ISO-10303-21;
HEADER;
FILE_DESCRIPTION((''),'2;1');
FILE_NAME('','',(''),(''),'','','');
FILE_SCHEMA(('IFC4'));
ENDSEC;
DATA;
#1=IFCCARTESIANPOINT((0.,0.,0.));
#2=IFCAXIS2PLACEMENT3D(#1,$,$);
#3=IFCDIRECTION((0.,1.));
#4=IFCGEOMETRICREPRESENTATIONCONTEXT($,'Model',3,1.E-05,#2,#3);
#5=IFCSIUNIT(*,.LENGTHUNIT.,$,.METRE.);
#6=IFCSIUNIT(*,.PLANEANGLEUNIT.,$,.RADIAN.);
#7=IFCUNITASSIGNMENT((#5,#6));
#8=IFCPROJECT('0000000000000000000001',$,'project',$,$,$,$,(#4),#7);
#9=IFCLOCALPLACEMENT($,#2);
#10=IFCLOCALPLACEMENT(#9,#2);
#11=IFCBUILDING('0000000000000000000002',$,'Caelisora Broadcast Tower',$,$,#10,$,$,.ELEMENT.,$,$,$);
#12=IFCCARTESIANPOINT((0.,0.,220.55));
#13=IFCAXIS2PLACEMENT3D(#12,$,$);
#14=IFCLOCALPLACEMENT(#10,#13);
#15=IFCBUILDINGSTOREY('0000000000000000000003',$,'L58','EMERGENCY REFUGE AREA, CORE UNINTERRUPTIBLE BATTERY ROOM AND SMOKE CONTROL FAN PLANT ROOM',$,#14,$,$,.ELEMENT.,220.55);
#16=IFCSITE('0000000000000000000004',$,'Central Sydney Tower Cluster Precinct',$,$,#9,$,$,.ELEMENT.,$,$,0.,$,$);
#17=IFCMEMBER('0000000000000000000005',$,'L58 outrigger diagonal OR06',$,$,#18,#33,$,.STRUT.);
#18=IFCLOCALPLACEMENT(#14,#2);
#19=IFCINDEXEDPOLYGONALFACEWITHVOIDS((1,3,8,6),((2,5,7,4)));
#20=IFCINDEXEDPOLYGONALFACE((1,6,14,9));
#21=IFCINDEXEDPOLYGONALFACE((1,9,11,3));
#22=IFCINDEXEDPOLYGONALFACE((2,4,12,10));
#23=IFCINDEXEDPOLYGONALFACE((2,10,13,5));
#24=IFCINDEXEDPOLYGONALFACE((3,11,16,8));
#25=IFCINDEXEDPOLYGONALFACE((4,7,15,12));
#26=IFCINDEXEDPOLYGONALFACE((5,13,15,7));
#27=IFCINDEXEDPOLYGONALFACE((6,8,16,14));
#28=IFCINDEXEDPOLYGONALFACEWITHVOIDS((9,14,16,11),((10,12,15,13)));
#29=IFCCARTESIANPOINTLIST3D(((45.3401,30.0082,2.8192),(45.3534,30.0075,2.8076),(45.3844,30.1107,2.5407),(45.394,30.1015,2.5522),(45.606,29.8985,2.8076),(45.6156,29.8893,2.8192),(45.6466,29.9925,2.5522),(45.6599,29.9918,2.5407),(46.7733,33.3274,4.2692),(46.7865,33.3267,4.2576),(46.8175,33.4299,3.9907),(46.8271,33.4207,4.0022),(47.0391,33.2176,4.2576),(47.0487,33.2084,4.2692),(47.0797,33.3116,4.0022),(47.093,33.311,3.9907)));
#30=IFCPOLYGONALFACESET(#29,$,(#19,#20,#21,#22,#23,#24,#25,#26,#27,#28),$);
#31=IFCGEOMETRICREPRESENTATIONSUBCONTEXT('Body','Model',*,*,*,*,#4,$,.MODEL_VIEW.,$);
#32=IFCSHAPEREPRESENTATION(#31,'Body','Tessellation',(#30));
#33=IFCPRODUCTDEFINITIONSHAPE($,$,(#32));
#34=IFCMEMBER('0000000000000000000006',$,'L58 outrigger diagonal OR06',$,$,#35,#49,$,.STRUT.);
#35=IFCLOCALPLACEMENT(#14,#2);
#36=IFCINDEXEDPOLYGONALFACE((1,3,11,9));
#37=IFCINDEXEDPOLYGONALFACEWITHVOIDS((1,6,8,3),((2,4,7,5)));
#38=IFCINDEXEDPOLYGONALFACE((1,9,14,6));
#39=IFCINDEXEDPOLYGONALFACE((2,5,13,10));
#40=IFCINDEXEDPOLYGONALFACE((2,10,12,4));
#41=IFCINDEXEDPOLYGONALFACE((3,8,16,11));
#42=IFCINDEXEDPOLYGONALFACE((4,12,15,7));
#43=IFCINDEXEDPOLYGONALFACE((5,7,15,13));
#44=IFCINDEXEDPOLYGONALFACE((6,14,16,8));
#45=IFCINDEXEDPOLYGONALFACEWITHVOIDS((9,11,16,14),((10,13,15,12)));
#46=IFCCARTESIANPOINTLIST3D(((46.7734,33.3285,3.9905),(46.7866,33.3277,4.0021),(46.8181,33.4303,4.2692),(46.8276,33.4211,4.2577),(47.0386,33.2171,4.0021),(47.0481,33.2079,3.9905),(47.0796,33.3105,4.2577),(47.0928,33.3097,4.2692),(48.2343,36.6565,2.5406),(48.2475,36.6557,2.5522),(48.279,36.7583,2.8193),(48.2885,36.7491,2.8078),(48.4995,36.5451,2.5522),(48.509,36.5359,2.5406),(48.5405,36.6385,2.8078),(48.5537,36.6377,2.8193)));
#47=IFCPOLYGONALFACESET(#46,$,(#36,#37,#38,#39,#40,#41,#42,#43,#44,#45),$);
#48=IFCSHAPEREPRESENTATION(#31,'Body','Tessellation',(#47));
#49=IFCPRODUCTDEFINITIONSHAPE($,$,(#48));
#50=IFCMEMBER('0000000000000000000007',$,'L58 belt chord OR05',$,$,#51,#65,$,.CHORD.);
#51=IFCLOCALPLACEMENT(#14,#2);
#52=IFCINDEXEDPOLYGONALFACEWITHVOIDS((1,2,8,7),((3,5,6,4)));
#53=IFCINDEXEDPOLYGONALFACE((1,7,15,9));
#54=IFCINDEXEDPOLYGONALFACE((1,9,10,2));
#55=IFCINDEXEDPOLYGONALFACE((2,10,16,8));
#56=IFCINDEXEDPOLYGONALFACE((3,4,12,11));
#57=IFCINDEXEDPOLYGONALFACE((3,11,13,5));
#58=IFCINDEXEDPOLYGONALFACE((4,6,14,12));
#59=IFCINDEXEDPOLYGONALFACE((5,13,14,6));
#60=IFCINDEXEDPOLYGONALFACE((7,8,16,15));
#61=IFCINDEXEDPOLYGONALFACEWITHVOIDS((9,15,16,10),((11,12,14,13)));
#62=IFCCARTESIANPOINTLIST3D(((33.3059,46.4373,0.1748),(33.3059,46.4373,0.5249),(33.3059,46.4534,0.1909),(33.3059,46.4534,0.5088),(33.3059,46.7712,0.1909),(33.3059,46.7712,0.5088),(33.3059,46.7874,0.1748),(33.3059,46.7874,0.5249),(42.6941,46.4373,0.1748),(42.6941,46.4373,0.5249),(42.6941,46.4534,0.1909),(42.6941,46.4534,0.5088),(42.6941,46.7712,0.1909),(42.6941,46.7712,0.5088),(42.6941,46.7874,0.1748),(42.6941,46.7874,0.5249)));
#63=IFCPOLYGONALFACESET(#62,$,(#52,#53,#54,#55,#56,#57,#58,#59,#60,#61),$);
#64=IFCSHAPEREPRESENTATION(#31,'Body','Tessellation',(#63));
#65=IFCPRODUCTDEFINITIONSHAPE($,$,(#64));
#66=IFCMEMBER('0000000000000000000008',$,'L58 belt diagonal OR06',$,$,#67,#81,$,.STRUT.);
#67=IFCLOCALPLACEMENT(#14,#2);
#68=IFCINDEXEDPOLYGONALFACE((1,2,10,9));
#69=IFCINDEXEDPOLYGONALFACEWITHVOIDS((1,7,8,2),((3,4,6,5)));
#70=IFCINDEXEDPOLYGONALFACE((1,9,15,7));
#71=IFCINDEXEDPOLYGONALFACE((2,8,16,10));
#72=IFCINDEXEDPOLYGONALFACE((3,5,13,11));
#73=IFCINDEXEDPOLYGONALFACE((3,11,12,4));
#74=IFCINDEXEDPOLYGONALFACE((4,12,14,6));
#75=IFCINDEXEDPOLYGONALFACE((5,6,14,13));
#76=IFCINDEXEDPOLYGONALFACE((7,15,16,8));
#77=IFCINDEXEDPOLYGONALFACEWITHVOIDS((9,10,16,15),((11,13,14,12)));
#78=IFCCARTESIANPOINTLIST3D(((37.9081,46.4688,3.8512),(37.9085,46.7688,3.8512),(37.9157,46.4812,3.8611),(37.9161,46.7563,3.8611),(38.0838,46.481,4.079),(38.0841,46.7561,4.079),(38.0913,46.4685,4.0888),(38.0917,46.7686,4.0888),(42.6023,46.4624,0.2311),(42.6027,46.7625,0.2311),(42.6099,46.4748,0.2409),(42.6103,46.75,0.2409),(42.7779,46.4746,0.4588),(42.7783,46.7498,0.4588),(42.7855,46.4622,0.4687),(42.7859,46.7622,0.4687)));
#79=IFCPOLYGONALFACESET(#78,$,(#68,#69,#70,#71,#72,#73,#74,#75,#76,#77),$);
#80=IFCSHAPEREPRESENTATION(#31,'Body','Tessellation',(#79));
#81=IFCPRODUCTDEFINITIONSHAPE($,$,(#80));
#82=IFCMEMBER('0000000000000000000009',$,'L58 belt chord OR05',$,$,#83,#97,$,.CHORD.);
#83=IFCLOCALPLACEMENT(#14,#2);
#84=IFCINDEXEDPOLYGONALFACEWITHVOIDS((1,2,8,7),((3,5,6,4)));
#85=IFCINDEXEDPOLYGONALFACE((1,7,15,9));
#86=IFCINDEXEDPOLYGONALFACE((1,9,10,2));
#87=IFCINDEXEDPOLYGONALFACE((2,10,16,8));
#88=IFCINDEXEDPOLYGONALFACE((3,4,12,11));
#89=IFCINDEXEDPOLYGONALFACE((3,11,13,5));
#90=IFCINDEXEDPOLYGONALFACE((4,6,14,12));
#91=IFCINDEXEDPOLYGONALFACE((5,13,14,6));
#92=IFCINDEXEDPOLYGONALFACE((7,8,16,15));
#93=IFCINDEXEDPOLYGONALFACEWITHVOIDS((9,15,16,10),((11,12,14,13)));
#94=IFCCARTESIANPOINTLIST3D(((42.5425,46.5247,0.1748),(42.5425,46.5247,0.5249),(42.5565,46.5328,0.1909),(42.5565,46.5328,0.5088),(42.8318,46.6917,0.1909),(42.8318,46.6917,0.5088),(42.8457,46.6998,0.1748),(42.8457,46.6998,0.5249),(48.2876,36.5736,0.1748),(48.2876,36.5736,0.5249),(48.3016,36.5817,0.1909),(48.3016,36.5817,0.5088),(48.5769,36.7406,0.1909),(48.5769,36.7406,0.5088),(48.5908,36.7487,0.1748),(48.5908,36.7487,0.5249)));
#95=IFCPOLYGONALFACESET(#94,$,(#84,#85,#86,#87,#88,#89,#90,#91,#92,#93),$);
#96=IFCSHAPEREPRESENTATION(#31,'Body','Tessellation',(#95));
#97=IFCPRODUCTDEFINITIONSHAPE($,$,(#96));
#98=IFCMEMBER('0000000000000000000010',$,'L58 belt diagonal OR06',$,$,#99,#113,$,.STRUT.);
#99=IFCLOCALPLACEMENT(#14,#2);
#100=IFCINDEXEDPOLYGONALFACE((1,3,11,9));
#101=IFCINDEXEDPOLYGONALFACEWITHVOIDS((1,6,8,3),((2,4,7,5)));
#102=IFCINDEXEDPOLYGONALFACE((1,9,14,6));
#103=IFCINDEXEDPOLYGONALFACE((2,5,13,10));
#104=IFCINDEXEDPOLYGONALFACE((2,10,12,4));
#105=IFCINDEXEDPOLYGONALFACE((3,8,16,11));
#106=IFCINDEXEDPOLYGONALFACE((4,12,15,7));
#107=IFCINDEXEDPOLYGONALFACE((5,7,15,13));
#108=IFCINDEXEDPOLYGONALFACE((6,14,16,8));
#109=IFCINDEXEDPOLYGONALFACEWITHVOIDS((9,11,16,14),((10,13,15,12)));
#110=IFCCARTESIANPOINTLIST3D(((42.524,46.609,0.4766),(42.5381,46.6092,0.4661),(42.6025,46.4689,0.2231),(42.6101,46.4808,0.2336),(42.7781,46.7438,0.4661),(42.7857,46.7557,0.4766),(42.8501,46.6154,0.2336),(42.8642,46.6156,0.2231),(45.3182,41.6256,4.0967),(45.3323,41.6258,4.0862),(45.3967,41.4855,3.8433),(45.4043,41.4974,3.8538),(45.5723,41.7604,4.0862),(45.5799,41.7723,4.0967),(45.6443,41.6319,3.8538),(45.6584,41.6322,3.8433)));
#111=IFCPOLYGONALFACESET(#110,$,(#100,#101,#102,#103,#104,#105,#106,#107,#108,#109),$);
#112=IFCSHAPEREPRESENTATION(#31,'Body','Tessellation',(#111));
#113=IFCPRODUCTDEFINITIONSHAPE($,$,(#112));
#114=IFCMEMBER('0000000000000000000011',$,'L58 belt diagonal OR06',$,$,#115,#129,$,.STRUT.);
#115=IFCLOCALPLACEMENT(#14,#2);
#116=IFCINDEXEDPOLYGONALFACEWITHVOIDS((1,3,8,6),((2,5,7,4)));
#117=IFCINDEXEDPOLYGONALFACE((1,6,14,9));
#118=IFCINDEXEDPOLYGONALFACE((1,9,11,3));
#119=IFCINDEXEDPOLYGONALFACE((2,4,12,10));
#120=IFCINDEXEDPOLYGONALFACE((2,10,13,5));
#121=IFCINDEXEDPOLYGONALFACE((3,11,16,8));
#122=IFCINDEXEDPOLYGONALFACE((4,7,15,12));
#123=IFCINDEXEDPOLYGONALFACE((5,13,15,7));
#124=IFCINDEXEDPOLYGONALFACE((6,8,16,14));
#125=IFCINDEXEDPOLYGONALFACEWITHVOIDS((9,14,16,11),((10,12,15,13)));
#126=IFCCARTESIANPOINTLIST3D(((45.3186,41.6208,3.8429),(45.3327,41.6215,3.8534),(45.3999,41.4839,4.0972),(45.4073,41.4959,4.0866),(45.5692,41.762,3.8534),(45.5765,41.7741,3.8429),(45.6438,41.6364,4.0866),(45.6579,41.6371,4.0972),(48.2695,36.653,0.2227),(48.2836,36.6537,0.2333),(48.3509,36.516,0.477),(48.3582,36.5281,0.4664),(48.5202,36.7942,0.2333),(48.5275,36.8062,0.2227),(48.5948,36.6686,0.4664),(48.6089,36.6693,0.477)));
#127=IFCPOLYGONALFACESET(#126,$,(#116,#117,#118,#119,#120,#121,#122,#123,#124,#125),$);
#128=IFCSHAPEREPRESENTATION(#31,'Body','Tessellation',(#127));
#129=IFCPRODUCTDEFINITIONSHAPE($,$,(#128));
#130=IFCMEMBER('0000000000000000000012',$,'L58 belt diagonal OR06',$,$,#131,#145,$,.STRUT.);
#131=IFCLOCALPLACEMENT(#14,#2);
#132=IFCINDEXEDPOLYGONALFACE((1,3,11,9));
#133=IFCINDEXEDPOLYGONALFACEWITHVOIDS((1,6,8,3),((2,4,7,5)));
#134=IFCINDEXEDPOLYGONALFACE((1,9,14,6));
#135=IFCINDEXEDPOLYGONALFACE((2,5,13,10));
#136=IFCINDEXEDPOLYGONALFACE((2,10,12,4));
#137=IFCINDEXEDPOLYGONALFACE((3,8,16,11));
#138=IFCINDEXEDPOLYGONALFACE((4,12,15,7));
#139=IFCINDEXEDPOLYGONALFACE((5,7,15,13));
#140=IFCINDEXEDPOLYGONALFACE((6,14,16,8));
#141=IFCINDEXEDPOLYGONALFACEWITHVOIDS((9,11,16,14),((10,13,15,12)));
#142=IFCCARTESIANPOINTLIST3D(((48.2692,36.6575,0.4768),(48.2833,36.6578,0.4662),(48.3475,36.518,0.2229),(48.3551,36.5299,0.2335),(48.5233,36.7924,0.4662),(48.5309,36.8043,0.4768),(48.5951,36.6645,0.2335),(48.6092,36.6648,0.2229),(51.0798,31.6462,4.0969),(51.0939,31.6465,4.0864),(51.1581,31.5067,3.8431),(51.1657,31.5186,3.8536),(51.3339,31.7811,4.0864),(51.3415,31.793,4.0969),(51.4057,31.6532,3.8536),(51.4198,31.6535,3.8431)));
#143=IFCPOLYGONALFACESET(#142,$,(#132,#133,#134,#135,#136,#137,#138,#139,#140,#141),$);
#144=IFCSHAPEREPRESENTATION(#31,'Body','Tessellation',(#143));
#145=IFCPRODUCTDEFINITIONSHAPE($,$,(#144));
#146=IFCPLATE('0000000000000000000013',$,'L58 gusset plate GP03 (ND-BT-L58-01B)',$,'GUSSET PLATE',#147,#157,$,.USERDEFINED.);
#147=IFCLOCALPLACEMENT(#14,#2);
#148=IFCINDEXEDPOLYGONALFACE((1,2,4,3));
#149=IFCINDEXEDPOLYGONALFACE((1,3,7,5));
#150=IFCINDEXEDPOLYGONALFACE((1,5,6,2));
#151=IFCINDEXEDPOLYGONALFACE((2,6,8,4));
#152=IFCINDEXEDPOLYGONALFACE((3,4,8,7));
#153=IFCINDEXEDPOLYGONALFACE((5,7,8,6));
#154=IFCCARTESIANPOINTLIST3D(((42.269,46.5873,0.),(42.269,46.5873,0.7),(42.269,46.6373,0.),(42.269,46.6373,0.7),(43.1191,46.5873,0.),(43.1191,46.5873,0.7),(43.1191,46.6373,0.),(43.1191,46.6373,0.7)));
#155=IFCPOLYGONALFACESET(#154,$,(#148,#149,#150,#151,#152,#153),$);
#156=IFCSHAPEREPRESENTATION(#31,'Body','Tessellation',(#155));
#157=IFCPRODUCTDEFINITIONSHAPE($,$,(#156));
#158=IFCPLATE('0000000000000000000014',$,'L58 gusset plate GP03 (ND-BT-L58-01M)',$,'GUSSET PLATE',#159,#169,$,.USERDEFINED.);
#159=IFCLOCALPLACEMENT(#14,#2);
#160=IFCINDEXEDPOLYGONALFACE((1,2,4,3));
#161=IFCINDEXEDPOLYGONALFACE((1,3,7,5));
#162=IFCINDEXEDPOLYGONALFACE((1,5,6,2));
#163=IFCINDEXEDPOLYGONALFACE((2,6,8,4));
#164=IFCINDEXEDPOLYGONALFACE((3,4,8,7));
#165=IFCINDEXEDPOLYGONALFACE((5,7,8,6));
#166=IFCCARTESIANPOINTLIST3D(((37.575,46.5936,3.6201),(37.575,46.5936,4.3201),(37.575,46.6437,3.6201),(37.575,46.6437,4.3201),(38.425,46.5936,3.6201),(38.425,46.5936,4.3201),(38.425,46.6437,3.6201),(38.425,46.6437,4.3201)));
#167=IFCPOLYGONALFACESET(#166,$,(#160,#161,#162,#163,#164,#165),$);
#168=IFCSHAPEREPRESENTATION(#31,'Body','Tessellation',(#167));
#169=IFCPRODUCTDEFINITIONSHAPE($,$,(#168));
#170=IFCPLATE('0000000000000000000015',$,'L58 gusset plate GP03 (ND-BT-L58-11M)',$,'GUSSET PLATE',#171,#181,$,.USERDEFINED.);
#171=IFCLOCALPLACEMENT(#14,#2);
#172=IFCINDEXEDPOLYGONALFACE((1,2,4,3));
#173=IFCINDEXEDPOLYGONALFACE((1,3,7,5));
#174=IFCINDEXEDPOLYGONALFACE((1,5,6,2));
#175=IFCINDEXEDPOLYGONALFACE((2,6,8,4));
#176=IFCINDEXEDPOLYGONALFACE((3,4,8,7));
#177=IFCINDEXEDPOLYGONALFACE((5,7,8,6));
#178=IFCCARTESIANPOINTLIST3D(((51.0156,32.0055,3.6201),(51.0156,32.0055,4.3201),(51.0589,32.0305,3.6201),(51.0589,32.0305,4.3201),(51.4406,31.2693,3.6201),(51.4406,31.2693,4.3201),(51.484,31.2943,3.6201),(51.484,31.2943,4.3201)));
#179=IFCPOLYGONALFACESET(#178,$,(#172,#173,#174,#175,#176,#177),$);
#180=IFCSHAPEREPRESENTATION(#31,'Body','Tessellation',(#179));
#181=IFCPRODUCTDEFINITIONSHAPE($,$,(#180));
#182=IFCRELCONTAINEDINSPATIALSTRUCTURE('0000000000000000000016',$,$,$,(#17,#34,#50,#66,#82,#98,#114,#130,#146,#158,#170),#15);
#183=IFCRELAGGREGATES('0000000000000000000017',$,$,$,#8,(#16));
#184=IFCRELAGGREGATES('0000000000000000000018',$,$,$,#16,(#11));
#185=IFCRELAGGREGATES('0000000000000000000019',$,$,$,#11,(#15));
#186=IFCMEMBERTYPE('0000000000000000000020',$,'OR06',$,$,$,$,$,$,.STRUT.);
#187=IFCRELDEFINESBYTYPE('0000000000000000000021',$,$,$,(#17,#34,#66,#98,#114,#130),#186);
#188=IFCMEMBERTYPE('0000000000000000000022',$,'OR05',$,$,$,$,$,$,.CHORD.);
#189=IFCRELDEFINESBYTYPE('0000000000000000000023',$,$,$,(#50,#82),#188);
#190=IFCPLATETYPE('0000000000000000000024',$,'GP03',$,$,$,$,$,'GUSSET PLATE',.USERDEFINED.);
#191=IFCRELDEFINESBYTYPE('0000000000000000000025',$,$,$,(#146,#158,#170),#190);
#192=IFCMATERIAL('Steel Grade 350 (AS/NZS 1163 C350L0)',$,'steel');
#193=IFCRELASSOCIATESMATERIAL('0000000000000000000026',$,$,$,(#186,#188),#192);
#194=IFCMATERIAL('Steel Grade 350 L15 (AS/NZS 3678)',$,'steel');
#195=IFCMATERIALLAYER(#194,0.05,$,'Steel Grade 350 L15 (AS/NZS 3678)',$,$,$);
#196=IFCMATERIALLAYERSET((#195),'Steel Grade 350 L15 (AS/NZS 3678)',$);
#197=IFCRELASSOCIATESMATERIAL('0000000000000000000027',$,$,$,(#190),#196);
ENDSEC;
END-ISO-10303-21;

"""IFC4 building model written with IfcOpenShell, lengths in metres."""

from ifc_helpers import new_model, si_unit, direction, frame, origin, origin_2d, place, context, subcontext, project, spatial, rectangle, hollow_rectangle, extrude, source, transform, mapped, material, layer, layer_set, material_profile, profile_set, type_object, type_shapes, element, save


model = new_model("IFC4")

# Units and contexts
model_context = context("Model", 3, precision=1e-05, world=origin(), true_north=direction((0.0, 1.0)))
body_context = subcontext(model_context, "Body", "Model", "MODEL_VIEW")
ifc_project = project(units=[si_unit("LENGTHUNIT", "METRE"), si_unit("PLANEANGLEUNIT", "RADIAN")], contexts=[model_context])

# Site, building, storey
site_placement = place(None, origin())
site = spatial("IfcSite", under=ifc_project, at=site_placement, Name="Central Sydney Tower Cluster Precinct", CompositionType="ELEMENT", RefElevation=0.0)
building_placement = place(site_placement, origin())
building = spatial("IfcBuilding", under=site, at=building_placement, Name="Caelisora Broadcast Tower", CompositionType="ELEMENT")
storey_placement = place(building_placement, frame((0.0, 0.0, 220.55)))
storey = spatial("IfcBuildingStorey", under=building, at=storey_placement, Name="L58", Description="EMERGENCY REFUGE AREA, CORE UNINTERRUPTIBLE BATTERY ROOM AND SMOKE CONTROL FAN PLANT ROOM", CompositionType="ELEMENT", Elevation=220.55)

# Shared definitions
ifc_material_1 = material(Name="Steel Grade 350 L15 (AS/NZS 3678)", Category="steel")

# Shared definitions
ifc_material_2 = material(Name="Steel Grade 350 (AS/NZS 1163 C350L0)", Category="steel")

# Members
ifc_material_profile_1 = material_profile(ifc_material_2, hollow_rectangle(XDim=0.3, YDim=0.3, WallThickness=0.0125, at=origin_2d()), Name="Steel Grade 350 (AS/NZS 1163 C350L0)")
ifc_profile_set_1 = profile_set([ifc_material_profile_1], Name="Steel Grade 350 (AS/NZS 1163 C350L0)")
member_type_1 = type_object("IfcMemberType", Name="OR06", PredefinedType="STRUT", material=ifc_profile_set_1)
shared_shape_1 = source(origin(), body_context, "Body", "SweptSolid", [
    extrude(hollow_rectangle(XDim=0.3, YDim=0.3, WallThickness=0.0125, at=origin_2d()), origin(), (0.0, 0.0, 1.0), 3.8953),
])
member_1_placement = place(storey_placement, frame((45.5, 30.0, 2.6799), z_axis=(0.367917, 0.8521, 0.372241), x_axis=(-0.918076, 0.396404, 0.0)))
element("IfcMember", 1, at=member_1_placement, inside=storey, type_object=member_type_1, Name="L58 outrigger diagonal OR06", PredefinedType="STRUT", context=body_context, shape_type="MappedRepresentation", body=[
    mapped(shared_shape_1, transform((0.0, 0.0, 0.0), scale=1.0)),
])
shared_shape_2 = source(origin(), body_context, "Body", "SweptSolid", [
    extrude(hollow_rectangle(XDim=0.3, YDim=0.3, WallThickness=0.0125, at=origin_2d()), origin(), (0.0, 0.0, 1.0), 3.9131),
])
member_2_placement = place(storey_placement, frame((46.9331, 33.3191, 4.1299), z_axis=(0.373336, 0.850487, -0.370529), x_axis=(-0.915663, 0.401946, 0.0)))
element("IfcMember", 2, at=member_2_placement, inside=storey, type_object=member_type_1, Name="L58 outrigger diagonal OR06", PredefinedType="STRUT", context=body_context, shape_type="MappedRepresentation", body=[
    mapped(shared_shape_2, transform((0.0, 0.0, 0.0), scale=1.0)),
])
ifc_material_profile_2 = material_profile(ifc_material_2, hollow_rectangle(XDim=0.3501, YDim=0.3501, WallThickness=0.0161, at=origin_2d()), Name="Steel Grade 350 (AS/NZS 1163 C350L0)")
ifc_profile_set_2 = profile_set([ifc_material_profile_2], Name="Steel Grade 350 (AS/NZS 1163 C350L0)")
member_type_2 = type_object("IfcMemberType", Name="OR05", PredefinedType="CHORD", material=ifc_profile_set_2)
shared_shape_3 = source(origin(), body_context, "Body", "SweptSolid", [
    extrude(hollow_rectangle(XDim=0.3501, YDim=0.3501, WallThickness=0.0161, at=origin_2d()), origin(), (0.0, 0.0, 1.0), 9.3882),
])
member_3_placement = place(storey_placement, frame((42.6941, 46.6123, 0.3499), z_axis=(-1.0, 0.0, 0.0), x_axis=(0.0, -1.0, 0.0)))
element("IfcMember", 3, at=member_3_placement, inside=storey, type_object=member_type_2, Name="L58 belt chord OR05", PredefinedType="CHORD", context=body_context, shape_type="MappedRepresentation", body=[
    mapped(shared_shape_3, transform((0.0, 0.0, 0.0), scale=1.0)),
])
shared_shape_4 = source(origin(), body_context, "Body", "SweptSolid", [
    extrude(hollow_rectangle(XDim=0.3, YDim=0.3, WallThickness=0.0125, at=origin_2d()), origin(), (0.0, 0.0, 1.0), 5.928),
])
member_4_placement = place(storey_placement, frame((42.6941, 46.6123, 0.3499), z_axis=(-0.791867, 0.001071, 0.610693), x_axis=(-0.001352, -0.999999, 0.0)))
element("IfcMember", 4, at=member_4_placement, inside=storey, type_object=member_type_1, Name="L58 belt diagonal OR06", PredefinedType="STRUT", context=body_context, shape_type="MappedRepresentation", body=[
    mapped(shared_shape_4, transform((0.0, 0.0, 0.0), scale=1.0)),
])
shared_shape_5 = source(origin(), body_context, "Body", "SweptSolid", [
    extrude(hollow_rectangle(XDim=0.3501, YDim=0.3501, WallThickness=0.0161, at=origin_2d()), origin(), (0.0, 0.0, 1.0), 11.4905),
])
type_shapes(member_type_2, [shared_shape_3, shared_shape_5])
member_5_placement = place(storey_placement, frame((48.4392, 36.6611, 0.3499), z_axis=(-0.499987, 0.866033, 0.0), x_axis=(-0.866033, -0.499987, 0.0)))
element("IfcMember", 5, at=member_5_placement, inside=storey, type_object=member_type_2, Name="L58 belt chord OR05", PredefinedType="CHORD", context=body_context, shape_type="MappedRepresentation", body=[
    mapped(shared_shape_5, transform((0.0, 0.0, 0.0), scale=1.0)),
])
shared_shape_6 = source(origin(), body_context, "Body", "SweptSolid", [
    extrude(hollow_rectangle(XDim=0.3, YDim=0.3, WallThickness=0.0125, at=origin_2d()), origin(), (0.0, 0.0, 1.0), 6.7637),
])
member_6_placement = place(storey_placement, frame((42.6941, 46.6123, 0.3499), z_axis=(0.413118, -0.736791, 0.535231), x_axis=(0.872246, 0.489068, 0.0)))
element("IfcMember", 6, at=member_6_placement, inside=storey, type_object=member_type_1, Name="L58 belt diagonal OR06", PredefinedType="STRUT", context=body_context, shape_type="MappedRepresentation", body=[
    mapped(shared_shape_6, transform((0.0, 0.0, 0.0), scale=1.0)),
])
shared_shape_7 = source(origin(), body_context, "Body", "SweptSolid", [
    extrude(hollow_rectangle(XDim=0.3, YDim=0.3, WallThickness=0.0125, at=origin_2d()), origin(), (0.0, 0.0, 1.0), 6.8186),
])
member_7_placement = place(storey_placement, frame((48.4392, 36.6611, 0.3499), z_axis=(-0.432782, 0.728572, 0.530925), x_axis=(-0.859755, -0.510707, 0.0)))
element("IfcMember", 7, at=member_7_placement, inside=storey, type_object=member_type_1, Name="L58 belt diagonal OR06", PredefinedType="STRUT", context=body_context, shape_type="MappedRepresentation", body=[
    mapped(shared_shape_7, transform((0.0, 0.0, 0.0), scale=1.0)),
])
shared_shape_8 = source(origin(), body_context, "Body", "SweptSolid", [
    extrude(hollow_rectangle(XDim=0.3, YDim=0.3, WallThickness=0.0125, at=origin_2d()), origin(), (0.0, 0.0, 1.0), 6.791),
])
type_shapes(member_type_1, [shared_shape_1, shared_shape_2, shared_shape_4, shared_shape_6, shared_shape_7, shared_shape_8])
member_8_placement = place(storey_placement, frame((48.4392, 36.6611, 0.3499), z_axis=(0.413867, -0.737929, 0.533081), x_axis=(0.87219, 0.489167, 0.0)))
element("IfcMember", 8, at=member_8_placement, inside=storey, type_object=member_type_1, Name="L58 belt diagonal OR06", PredefinedType="STRUT", context=body_context, shape_type="MappedRepresentation", body=[
    mapped(shared_shape_8, transform((0.0, 0.0, 0.0), scale=1.0)),
])

# Plates
ifc_layer_1 = layer(ifc_material_1, 0.05, Name="Steel Grade 350 L15 (AS/NZS 3678)")
ifc_layer_set_1 = layer_set([ifc_layer_1], Name="Steel Grade 350 L15 (AS/NZS 3678)")
plate_type_1 = type_object("IfcPlateType", Name="GP03", ElementType="GUSSET PLATE", PredefinedType="USERDEFINED", material=ifc_layer_set_1)
shared_shape_9 = source(origin(), body_context, "Body", "SweptSolid", [
    extrude(rectangle(XDim=0.8501, YDim=0.05, at=origin_2d()), origin(), (0.0, 0.0, 1.0), 0.7),
])
type_shapes(plate_type_1, [shared_shape_9])
for number, where, z_axis, x_axis, name in (
    (9, (42.6941, 46.6123, 0.0), (0.0, 0.0, 1.0), (-1.0, 0.0, 0.0), "L58 gusset plate GP03 (ND-BT-L58-01B)"),
    (10, (38.0, 46.6187, 3.6201), (0.0, 0.0, 1.0), (-1.0, 0.0, 0.0), "L58 gusset plate GP03 (ND-BT-L58-01M)"),
    (11, (51.2498, 31.6499, 3.6201), (0.0, 0.0, 1.0), (-0.5, 0.866025, 0.0), "L58 gusset plate GP03 (ND-BT-L58-11M)"),
):
    element("IfcPlate", number, at=place(storey_placement, frame(where, z_axis=z_axis, x_axis=x_axis)), inside=storey, type_object=plate_type_1, Name=name, ObjectType="GUSSET PLATE", PredefinedType="USERDEFINED", context=body_context, shape_type="MappedRepresentation", body=[
        mapped(shared_shape_9, transform((0.0, 0.0, 0.0), scale=1.0)),
    ])

save(model, "model.ifc")
